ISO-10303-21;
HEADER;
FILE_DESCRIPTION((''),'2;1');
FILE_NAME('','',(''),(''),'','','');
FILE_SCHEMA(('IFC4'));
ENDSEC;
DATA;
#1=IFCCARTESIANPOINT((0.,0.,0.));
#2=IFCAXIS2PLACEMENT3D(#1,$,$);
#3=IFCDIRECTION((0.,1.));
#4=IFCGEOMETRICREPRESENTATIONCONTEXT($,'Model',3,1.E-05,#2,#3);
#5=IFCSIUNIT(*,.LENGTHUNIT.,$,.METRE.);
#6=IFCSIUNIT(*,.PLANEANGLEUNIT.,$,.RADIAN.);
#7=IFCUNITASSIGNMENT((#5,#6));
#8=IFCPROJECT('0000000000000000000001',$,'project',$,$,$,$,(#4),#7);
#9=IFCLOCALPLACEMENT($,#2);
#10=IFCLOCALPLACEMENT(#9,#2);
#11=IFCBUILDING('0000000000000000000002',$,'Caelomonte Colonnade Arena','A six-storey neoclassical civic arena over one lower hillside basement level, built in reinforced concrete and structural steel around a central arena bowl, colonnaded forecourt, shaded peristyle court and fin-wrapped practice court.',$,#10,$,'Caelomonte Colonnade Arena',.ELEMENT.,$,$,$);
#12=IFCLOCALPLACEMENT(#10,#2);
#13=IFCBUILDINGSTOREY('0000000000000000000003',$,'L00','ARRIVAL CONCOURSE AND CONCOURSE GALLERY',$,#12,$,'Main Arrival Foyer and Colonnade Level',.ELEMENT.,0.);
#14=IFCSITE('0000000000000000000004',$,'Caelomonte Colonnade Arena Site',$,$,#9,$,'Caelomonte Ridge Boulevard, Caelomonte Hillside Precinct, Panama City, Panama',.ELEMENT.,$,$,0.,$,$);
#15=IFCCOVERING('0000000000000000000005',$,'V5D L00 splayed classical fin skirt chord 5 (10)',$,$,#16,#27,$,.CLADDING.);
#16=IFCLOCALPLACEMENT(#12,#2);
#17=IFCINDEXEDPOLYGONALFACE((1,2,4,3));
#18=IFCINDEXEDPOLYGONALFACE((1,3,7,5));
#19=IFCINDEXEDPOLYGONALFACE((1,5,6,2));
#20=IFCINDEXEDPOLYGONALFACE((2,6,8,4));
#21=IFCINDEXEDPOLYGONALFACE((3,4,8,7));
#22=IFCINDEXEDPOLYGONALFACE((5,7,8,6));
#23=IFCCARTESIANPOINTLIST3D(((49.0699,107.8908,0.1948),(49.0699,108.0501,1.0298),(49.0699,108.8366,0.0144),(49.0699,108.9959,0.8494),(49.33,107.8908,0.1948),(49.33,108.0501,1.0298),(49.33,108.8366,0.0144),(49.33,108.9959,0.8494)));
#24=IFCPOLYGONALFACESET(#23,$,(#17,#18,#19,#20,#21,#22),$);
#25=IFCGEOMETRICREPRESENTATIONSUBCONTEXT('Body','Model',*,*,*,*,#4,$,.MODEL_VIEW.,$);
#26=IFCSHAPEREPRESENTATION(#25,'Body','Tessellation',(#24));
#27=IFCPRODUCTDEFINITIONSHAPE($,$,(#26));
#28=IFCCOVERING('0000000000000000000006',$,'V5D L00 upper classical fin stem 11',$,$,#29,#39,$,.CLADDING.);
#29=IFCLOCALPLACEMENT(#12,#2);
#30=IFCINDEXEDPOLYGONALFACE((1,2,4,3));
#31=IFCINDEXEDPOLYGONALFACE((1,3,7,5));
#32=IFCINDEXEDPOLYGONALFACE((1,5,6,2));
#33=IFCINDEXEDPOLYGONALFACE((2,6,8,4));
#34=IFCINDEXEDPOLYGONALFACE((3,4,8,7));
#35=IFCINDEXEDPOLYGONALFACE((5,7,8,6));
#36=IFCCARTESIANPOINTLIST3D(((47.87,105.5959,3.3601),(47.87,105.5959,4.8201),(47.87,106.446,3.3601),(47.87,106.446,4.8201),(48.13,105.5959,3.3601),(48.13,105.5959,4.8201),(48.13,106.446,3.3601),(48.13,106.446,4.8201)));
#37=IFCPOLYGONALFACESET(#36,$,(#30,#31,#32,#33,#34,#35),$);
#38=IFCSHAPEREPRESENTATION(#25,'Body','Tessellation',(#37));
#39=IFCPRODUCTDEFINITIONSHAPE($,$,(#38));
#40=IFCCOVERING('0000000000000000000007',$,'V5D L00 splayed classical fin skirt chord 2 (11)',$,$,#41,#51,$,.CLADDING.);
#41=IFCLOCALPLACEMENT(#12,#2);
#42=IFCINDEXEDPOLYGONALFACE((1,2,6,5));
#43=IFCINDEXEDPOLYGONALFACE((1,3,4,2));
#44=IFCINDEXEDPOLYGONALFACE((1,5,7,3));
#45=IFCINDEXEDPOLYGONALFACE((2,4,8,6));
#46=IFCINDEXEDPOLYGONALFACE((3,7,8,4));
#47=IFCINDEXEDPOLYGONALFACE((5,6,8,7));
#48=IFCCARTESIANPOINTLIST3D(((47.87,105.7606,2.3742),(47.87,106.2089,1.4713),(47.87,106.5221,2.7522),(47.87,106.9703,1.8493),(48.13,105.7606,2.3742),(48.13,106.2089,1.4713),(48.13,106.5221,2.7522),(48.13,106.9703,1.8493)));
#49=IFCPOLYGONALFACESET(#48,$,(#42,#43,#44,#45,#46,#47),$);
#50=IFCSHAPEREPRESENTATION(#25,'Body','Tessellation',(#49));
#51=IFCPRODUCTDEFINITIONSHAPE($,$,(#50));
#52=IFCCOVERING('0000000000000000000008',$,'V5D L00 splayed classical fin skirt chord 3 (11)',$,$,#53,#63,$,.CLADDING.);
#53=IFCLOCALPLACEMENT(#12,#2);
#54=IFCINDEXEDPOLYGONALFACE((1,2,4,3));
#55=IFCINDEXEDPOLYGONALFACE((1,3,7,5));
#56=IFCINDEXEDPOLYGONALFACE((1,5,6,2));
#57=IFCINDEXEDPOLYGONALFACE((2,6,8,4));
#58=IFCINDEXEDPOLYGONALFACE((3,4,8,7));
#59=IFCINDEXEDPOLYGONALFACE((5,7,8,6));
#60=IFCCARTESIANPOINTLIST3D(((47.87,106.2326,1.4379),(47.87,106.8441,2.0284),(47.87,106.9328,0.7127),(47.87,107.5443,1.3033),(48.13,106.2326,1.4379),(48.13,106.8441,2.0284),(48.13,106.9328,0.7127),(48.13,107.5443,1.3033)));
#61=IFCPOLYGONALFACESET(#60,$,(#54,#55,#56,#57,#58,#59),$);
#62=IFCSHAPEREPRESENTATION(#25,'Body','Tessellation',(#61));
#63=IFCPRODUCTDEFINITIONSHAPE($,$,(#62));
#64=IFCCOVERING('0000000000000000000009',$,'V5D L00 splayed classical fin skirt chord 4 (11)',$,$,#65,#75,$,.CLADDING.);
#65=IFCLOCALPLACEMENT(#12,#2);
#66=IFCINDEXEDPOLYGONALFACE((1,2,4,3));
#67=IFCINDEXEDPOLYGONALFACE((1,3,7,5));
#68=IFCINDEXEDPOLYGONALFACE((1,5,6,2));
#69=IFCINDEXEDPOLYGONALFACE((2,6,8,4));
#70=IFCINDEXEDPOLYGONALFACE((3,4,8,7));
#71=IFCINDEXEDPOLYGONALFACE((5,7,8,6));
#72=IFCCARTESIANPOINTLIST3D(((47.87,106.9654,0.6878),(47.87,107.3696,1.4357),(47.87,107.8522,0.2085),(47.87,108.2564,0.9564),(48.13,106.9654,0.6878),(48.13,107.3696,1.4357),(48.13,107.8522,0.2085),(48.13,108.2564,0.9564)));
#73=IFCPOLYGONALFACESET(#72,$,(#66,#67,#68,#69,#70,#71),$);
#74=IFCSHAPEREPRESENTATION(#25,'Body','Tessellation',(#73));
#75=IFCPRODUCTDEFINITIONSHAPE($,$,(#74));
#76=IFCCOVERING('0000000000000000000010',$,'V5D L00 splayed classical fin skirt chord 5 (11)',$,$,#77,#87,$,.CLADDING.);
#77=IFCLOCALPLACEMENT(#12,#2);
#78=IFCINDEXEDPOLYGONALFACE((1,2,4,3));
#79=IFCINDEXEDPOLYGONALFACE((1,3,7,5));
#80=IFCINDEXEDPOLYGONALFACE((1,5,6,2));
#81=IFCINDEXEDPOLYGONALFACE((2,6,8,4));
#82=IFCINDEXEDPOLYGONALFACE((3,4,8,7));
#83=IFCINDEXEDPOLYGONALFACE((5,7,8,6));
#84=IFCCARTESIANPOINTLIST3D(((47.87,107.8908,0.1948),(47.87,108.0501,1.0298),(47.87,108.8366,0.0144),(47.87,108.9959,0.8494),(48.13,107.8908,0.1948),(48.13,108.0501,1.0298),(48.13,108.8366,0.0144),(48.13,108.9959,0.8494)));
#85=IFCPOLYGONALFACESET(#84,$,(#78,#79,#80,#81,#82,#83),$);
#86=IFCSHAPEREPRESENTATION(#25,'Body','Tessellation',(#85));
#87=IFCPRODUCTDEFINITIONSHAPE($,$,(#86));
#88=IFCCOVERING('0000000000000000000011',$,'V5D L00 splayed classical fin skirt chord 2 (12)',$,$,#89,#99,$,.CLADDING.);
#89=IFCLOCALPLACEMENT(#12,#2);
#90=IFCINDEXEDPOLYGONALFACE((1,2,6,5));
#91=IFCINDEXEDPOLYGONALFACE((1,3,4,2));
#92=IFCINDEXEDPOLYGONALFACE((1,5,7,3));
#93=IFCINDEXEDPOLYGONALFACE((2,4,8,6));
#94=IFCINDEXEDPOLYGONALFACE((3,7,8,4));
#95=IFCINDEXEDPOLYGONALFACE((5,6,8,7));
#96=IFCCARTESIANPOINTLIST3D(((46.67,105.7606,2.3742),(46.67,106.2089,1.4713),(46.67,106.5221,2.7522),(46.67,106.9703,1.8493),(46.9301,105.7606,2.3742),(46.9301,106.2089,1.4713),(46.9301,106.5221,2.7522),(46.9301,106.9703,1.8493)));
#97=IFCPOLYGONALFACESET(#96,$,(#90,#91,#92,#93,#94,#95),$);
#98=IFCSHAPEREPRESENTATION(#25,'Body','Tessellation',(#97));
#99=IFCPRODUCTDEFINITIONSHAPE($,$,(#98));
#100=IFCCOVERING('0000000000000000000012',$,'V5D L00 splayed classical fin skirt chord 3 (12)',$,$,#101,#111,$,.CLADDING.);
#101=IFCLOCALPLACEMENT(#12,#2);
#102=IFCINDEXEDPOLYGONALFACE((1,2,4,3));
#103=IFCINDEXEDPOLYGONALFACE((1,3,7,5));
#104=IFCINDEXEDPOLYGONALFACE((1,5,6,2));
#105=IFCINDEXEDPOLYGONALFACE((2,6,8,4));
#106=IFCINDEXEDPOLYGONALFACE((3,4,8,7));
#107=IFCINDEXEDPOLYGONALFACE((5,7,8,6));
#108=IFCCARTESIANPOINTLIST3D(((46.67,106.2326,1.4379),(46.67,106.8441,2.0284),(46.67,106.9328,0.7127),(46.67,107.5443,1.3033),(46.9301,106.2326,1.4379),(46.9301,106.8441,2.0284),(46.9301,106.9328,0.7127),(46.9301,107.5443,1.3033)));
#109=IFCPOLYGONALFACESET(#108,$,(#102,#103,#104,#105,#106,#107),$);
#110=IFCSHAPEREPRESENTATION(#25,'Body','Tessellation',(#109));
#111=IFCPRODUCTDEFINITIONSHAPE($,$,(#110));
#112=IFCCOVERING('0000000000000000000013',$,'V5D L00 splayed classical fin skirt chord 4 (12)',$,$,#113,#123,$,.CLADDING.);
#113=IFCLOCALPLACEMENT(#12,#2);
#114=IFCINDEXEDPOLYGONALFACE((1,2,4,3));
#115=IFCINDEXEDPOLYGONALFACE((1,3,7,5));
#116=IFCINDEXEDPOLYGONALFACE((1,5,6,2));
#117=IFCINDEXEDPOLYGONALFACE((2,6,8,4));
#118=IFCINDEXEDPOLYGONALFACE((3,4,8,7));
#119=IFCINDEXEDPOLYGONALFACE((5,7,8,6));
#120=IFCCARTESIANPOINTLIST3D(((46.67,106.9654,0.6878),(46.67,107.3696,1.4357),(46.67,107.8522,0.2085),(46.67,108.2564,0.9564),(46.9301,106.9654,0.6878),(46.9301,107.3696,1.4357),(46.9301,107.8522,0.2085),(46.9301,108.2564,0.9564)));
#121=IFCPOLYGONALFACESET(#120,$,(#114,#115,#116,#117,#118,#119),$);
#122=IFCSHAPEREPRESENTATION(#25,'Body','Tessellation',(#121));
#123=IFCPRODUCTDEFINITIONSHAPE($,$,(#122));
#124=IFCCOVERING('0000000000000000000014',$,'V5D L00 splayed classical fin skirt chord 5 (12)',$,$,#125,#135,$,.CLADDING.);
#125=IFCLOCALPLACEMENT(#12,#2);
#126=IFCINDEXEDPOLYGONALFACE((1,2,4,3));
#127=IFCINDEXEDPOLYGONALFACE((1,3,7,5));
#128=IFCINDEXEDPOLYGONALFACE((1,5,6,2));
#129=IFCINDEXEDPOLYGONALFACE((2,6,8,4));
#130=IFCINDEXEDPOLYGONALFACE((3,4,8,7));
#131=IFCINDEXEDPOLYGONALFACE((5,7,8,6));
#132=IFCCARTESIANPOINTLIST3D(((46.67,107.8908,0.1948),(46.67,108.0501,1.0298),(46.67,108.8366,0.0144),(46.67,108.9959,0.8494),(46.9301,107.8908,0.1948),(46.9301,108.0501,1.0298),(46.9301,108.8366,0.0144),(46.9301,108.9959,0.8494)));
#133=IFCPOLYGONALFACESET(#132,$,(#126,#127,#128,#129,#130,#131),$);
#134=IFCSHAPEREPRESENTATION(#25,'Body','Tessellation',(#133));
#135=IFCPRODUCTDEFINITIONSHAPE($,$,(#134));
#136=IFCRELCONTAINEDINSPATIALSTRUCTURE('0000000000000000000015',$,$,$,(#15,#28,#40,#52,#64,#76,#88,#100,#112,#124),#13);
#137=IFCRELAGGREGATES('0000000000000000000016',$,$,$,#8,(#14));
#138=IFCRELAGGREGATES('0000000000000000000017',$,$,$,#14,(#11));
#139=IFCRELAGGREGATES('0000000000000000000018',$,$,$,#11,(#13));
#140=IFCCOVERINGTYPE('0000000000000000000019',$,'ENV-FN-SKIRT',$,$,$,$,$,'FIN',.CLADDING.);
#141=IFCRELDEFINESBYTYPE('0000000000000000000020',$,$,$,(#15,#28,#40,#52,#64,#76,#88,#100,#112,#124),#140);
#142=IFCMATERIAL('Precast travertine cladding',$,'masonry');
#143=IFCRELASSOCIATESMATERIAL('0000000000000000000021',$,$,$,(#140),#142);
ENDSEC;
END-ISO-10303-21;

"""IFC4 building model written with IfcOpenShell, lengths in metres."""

from ifc_helpers import new_model, si_unit, direction, frame, origin, origin_2d, place, context, subcontext, project, spatial, rectangle, extrude, material, material_profile, profile_set, type_object, element, save


model = new_model("IFC4")

# Units and contexts
model_context = context("Model", 3, precision=1e-05, world=origin(), true_north=direction((0.0, 1.0)))
body_context = subcontext(model_context, "Body", "Model", "MODEL_VIEW")
ifc_project = project(units=[si_unit("LENGTHUNIT", "METRE"), si_unit("PLANEANGLEUNIT", "RADIAN")], contexts=[model_context])

# Site, building, storey
site_placement = place(None, origin())
site = spatial("IfcSite", under=ifc_project, at=site_placement, Name="Caelomonte Colonnade Arena Site", LongName="Caelomonte Ridge Boulevard, Caelomonte Hillside Precinct, Panama City, Panama", CompositionType="ELEMENT", RefElevation=0.0)
building_placement = place(site_placement, origin())
building = spatial("IfcBuilding", under=site, at=building_placement, Name="Caelomonte Colonnade Arena", Description="A six-storey neoclassical civic arena over one lower hillside basement level, built in reinforced concrete and structural steel around a central arena bowl, colonnaded forecourt, shaded peristyle court and fin-wrapped practice court.", LongName="Caelomonte Colonnade Arena", CompositionType="ELEMENT")
storey_placement = place(building_placement, origin())
storey = spatial("IfcBuildingStorey", under=building, at=storey_placement, Name="L00", Description="ARRIVAL CONCOURSE AND CONCOURSE GALLERY", LongName="Main Arrival Foyer and Colonnade Level", CompositionType="ELEMENT", Elevation=0.0)

# Coverings
ifc_material = material(Name="Precast travertine cladding", Category="masonry")
ifc_material_profile = material_profile(ifc_material, rectangle(XDim=0.26, YDim=0.8501, at=origin_2d()), Name="FIN260X850")
ifc_profile_set = profile_set([ifc_material_profile], Name="Precast travertine cladding")
covering_type = type_object("IfcCoveringType", Name="ENV-FN-SKIRT", ElementType="FIN", PredefinedType="CLADDING", material=ifc_profile_set)
covering_1_placement = place(storey_placement, frame((49.2, 107.9705, 0.6123), z_axis=(0.0, 0.982287, -0.18738), x_axis=(-1.0, 0.0, 0.0)))
element("IfcCovering", 1, at=covering_1_placement, inside=storey, type_object=covering_type, Name="V5D L00 splayed classical fin skirt chord 5 (10)", PredefinedType="CLADDING", context=body_context, shape_type="SweptSolid", body=[
    extrude(rectangle(XDim=0.26, YDim=0.8501, at=origin_2d()), origin(), (0.0, 0.0, 1.0), 0.9629),
])
covering_2_placement = place(storey_placement, frame((48.0, 106.021, 3.3601), z_axis=(0.0, 0.0, 1.0), x_axis=(1.0, 0.0, 0.0)))
element("IfcCovering", 2, at=covering_2_placement, inside=storey, type_object=covering_type, Name="V5D L00 upper classical fin stem 11", PredefinedType="CLADDING", context=body_context, shape_type="SweptSolid", body=[
    extrude(rectangle(XDim=0.26, YDim=0.8501, at=origin_2d()), origin(), (0.0, 0.0, 1.0), 1.46),
])
for number, where, z_axis, x_axis, name in (
    (3, (48.0, 106.1414, 2.5632), (0.0, 0.444693, -0.895683), (-1.0, 0.0, 0.0), "V5D L00 splayed classical fin skirt chord 2 (11)"),
    (4, (48.0, 106.5383, 1.7332), (0.0, 0.694646, -0.719351), (-1.0, 0.0, 0.0), "V5D L00 splayed classical fin skirt chord 3 (11)"),
    (5, (48.0, 107.1675, 1.0618), (0.0, 0.879731, -0.475471), (-1.0, 0.0, 0.0), "V5D L00 splayed classical fin skirt chord 4 (11)"),
):
    element("IfcCovering", number, at=place(storey_placement, frame(where, z_axis=z_axis, x_axis=x_axis)), inside=storey, type_object=covering_type, Name=name, PredefinedType="CLADDING", context=body_context, shape_type="SweptSolid", body=[
        extrude(rectangle(XDim=0.26, YDim=0.8501, at=origin_2d()), origin(), (0.0, 0.0, 1.0), 1.0081),
    ])
covering_3_placement = place(storey_placement, frame((48.0, 107.9705, 0.6123), z_axis=(0.0, 0.982287, -0.18738), x_axis=(-1.0, 0.0, 0.0)))
element("IfcCovering", 6, at=covering_3_placement, inside=storey, type_object=covering_type, Name="V5D L00 splayed classical fin skirt chord 5 (11)", PredefinedType="CLADDING", context=body_context, shape_type="SweptSolid", body=[
    extrude(rectangle(XDim=0.26, YDim=0.8501, at=origin_2d()), origin(), (0.0, 0.0, 1.0), 0.9629),
])
for number, where, z_axis, x_axis, name in (
    (7, (46.8, 106.1414, 2.5632), (0.0, 0.444693, -0.895683), (-1.0, 0.0, 0.0), "V5D L00 splayed classical fin skirt chord 2 (12)"),
    (8, (46.8, 106.5383, 1.7332), (0.0, 0.694646, -0.719351), (-1.0, 0.0, 0.0), "V5D L00 splayed classical fin skirt chord 3 (12)"),
    (9, (46.8, 107.1675, 1.0618), (0.0, 0.879731, -0.475471), (-1.0, 0.0, 0.0), "V5D L00 splayed classical fin skirt chord 4 (12)"),
):
    element("IfcCovering", number, at=place(storey_placement, frame(where, z_axis=z_axis, x_axis=x_axis)), inside=storey, type_object=covering_type, Name=name, PredefinedType="CLADDING", context=body_context, shape_type="SweptSolid", body=[
        extrude(rectangle(XDim=0.26, YDim=0.8501, at=origin_2d()), origin(), (0.0, 0.0, 1.0), 1.0081),
    ])
covering_4_placement = place(storey_placement, frame((46.8, 107.9705, 0.6123), z_axis=(0.0, 0.982287, -0.18738), x_axis=(-1.0, 0.0, 0.0)))
element("IfcCovering", 10, at=covering_4_placement, inside=storey, type_object=covering_type, Name="V5D L00 splayed classical fin skirt chord 5 (12)", PredefinedType="CLADDING", context=body_context, shape_type="SweptSolid", body=[
    extrude(rectangle(XDim=0.26, YDim=0.8501, at=origin_2d()), origin(), (0.0, 0.0, 1.0), 0.9629),
])

save(model, "model.ifc")
